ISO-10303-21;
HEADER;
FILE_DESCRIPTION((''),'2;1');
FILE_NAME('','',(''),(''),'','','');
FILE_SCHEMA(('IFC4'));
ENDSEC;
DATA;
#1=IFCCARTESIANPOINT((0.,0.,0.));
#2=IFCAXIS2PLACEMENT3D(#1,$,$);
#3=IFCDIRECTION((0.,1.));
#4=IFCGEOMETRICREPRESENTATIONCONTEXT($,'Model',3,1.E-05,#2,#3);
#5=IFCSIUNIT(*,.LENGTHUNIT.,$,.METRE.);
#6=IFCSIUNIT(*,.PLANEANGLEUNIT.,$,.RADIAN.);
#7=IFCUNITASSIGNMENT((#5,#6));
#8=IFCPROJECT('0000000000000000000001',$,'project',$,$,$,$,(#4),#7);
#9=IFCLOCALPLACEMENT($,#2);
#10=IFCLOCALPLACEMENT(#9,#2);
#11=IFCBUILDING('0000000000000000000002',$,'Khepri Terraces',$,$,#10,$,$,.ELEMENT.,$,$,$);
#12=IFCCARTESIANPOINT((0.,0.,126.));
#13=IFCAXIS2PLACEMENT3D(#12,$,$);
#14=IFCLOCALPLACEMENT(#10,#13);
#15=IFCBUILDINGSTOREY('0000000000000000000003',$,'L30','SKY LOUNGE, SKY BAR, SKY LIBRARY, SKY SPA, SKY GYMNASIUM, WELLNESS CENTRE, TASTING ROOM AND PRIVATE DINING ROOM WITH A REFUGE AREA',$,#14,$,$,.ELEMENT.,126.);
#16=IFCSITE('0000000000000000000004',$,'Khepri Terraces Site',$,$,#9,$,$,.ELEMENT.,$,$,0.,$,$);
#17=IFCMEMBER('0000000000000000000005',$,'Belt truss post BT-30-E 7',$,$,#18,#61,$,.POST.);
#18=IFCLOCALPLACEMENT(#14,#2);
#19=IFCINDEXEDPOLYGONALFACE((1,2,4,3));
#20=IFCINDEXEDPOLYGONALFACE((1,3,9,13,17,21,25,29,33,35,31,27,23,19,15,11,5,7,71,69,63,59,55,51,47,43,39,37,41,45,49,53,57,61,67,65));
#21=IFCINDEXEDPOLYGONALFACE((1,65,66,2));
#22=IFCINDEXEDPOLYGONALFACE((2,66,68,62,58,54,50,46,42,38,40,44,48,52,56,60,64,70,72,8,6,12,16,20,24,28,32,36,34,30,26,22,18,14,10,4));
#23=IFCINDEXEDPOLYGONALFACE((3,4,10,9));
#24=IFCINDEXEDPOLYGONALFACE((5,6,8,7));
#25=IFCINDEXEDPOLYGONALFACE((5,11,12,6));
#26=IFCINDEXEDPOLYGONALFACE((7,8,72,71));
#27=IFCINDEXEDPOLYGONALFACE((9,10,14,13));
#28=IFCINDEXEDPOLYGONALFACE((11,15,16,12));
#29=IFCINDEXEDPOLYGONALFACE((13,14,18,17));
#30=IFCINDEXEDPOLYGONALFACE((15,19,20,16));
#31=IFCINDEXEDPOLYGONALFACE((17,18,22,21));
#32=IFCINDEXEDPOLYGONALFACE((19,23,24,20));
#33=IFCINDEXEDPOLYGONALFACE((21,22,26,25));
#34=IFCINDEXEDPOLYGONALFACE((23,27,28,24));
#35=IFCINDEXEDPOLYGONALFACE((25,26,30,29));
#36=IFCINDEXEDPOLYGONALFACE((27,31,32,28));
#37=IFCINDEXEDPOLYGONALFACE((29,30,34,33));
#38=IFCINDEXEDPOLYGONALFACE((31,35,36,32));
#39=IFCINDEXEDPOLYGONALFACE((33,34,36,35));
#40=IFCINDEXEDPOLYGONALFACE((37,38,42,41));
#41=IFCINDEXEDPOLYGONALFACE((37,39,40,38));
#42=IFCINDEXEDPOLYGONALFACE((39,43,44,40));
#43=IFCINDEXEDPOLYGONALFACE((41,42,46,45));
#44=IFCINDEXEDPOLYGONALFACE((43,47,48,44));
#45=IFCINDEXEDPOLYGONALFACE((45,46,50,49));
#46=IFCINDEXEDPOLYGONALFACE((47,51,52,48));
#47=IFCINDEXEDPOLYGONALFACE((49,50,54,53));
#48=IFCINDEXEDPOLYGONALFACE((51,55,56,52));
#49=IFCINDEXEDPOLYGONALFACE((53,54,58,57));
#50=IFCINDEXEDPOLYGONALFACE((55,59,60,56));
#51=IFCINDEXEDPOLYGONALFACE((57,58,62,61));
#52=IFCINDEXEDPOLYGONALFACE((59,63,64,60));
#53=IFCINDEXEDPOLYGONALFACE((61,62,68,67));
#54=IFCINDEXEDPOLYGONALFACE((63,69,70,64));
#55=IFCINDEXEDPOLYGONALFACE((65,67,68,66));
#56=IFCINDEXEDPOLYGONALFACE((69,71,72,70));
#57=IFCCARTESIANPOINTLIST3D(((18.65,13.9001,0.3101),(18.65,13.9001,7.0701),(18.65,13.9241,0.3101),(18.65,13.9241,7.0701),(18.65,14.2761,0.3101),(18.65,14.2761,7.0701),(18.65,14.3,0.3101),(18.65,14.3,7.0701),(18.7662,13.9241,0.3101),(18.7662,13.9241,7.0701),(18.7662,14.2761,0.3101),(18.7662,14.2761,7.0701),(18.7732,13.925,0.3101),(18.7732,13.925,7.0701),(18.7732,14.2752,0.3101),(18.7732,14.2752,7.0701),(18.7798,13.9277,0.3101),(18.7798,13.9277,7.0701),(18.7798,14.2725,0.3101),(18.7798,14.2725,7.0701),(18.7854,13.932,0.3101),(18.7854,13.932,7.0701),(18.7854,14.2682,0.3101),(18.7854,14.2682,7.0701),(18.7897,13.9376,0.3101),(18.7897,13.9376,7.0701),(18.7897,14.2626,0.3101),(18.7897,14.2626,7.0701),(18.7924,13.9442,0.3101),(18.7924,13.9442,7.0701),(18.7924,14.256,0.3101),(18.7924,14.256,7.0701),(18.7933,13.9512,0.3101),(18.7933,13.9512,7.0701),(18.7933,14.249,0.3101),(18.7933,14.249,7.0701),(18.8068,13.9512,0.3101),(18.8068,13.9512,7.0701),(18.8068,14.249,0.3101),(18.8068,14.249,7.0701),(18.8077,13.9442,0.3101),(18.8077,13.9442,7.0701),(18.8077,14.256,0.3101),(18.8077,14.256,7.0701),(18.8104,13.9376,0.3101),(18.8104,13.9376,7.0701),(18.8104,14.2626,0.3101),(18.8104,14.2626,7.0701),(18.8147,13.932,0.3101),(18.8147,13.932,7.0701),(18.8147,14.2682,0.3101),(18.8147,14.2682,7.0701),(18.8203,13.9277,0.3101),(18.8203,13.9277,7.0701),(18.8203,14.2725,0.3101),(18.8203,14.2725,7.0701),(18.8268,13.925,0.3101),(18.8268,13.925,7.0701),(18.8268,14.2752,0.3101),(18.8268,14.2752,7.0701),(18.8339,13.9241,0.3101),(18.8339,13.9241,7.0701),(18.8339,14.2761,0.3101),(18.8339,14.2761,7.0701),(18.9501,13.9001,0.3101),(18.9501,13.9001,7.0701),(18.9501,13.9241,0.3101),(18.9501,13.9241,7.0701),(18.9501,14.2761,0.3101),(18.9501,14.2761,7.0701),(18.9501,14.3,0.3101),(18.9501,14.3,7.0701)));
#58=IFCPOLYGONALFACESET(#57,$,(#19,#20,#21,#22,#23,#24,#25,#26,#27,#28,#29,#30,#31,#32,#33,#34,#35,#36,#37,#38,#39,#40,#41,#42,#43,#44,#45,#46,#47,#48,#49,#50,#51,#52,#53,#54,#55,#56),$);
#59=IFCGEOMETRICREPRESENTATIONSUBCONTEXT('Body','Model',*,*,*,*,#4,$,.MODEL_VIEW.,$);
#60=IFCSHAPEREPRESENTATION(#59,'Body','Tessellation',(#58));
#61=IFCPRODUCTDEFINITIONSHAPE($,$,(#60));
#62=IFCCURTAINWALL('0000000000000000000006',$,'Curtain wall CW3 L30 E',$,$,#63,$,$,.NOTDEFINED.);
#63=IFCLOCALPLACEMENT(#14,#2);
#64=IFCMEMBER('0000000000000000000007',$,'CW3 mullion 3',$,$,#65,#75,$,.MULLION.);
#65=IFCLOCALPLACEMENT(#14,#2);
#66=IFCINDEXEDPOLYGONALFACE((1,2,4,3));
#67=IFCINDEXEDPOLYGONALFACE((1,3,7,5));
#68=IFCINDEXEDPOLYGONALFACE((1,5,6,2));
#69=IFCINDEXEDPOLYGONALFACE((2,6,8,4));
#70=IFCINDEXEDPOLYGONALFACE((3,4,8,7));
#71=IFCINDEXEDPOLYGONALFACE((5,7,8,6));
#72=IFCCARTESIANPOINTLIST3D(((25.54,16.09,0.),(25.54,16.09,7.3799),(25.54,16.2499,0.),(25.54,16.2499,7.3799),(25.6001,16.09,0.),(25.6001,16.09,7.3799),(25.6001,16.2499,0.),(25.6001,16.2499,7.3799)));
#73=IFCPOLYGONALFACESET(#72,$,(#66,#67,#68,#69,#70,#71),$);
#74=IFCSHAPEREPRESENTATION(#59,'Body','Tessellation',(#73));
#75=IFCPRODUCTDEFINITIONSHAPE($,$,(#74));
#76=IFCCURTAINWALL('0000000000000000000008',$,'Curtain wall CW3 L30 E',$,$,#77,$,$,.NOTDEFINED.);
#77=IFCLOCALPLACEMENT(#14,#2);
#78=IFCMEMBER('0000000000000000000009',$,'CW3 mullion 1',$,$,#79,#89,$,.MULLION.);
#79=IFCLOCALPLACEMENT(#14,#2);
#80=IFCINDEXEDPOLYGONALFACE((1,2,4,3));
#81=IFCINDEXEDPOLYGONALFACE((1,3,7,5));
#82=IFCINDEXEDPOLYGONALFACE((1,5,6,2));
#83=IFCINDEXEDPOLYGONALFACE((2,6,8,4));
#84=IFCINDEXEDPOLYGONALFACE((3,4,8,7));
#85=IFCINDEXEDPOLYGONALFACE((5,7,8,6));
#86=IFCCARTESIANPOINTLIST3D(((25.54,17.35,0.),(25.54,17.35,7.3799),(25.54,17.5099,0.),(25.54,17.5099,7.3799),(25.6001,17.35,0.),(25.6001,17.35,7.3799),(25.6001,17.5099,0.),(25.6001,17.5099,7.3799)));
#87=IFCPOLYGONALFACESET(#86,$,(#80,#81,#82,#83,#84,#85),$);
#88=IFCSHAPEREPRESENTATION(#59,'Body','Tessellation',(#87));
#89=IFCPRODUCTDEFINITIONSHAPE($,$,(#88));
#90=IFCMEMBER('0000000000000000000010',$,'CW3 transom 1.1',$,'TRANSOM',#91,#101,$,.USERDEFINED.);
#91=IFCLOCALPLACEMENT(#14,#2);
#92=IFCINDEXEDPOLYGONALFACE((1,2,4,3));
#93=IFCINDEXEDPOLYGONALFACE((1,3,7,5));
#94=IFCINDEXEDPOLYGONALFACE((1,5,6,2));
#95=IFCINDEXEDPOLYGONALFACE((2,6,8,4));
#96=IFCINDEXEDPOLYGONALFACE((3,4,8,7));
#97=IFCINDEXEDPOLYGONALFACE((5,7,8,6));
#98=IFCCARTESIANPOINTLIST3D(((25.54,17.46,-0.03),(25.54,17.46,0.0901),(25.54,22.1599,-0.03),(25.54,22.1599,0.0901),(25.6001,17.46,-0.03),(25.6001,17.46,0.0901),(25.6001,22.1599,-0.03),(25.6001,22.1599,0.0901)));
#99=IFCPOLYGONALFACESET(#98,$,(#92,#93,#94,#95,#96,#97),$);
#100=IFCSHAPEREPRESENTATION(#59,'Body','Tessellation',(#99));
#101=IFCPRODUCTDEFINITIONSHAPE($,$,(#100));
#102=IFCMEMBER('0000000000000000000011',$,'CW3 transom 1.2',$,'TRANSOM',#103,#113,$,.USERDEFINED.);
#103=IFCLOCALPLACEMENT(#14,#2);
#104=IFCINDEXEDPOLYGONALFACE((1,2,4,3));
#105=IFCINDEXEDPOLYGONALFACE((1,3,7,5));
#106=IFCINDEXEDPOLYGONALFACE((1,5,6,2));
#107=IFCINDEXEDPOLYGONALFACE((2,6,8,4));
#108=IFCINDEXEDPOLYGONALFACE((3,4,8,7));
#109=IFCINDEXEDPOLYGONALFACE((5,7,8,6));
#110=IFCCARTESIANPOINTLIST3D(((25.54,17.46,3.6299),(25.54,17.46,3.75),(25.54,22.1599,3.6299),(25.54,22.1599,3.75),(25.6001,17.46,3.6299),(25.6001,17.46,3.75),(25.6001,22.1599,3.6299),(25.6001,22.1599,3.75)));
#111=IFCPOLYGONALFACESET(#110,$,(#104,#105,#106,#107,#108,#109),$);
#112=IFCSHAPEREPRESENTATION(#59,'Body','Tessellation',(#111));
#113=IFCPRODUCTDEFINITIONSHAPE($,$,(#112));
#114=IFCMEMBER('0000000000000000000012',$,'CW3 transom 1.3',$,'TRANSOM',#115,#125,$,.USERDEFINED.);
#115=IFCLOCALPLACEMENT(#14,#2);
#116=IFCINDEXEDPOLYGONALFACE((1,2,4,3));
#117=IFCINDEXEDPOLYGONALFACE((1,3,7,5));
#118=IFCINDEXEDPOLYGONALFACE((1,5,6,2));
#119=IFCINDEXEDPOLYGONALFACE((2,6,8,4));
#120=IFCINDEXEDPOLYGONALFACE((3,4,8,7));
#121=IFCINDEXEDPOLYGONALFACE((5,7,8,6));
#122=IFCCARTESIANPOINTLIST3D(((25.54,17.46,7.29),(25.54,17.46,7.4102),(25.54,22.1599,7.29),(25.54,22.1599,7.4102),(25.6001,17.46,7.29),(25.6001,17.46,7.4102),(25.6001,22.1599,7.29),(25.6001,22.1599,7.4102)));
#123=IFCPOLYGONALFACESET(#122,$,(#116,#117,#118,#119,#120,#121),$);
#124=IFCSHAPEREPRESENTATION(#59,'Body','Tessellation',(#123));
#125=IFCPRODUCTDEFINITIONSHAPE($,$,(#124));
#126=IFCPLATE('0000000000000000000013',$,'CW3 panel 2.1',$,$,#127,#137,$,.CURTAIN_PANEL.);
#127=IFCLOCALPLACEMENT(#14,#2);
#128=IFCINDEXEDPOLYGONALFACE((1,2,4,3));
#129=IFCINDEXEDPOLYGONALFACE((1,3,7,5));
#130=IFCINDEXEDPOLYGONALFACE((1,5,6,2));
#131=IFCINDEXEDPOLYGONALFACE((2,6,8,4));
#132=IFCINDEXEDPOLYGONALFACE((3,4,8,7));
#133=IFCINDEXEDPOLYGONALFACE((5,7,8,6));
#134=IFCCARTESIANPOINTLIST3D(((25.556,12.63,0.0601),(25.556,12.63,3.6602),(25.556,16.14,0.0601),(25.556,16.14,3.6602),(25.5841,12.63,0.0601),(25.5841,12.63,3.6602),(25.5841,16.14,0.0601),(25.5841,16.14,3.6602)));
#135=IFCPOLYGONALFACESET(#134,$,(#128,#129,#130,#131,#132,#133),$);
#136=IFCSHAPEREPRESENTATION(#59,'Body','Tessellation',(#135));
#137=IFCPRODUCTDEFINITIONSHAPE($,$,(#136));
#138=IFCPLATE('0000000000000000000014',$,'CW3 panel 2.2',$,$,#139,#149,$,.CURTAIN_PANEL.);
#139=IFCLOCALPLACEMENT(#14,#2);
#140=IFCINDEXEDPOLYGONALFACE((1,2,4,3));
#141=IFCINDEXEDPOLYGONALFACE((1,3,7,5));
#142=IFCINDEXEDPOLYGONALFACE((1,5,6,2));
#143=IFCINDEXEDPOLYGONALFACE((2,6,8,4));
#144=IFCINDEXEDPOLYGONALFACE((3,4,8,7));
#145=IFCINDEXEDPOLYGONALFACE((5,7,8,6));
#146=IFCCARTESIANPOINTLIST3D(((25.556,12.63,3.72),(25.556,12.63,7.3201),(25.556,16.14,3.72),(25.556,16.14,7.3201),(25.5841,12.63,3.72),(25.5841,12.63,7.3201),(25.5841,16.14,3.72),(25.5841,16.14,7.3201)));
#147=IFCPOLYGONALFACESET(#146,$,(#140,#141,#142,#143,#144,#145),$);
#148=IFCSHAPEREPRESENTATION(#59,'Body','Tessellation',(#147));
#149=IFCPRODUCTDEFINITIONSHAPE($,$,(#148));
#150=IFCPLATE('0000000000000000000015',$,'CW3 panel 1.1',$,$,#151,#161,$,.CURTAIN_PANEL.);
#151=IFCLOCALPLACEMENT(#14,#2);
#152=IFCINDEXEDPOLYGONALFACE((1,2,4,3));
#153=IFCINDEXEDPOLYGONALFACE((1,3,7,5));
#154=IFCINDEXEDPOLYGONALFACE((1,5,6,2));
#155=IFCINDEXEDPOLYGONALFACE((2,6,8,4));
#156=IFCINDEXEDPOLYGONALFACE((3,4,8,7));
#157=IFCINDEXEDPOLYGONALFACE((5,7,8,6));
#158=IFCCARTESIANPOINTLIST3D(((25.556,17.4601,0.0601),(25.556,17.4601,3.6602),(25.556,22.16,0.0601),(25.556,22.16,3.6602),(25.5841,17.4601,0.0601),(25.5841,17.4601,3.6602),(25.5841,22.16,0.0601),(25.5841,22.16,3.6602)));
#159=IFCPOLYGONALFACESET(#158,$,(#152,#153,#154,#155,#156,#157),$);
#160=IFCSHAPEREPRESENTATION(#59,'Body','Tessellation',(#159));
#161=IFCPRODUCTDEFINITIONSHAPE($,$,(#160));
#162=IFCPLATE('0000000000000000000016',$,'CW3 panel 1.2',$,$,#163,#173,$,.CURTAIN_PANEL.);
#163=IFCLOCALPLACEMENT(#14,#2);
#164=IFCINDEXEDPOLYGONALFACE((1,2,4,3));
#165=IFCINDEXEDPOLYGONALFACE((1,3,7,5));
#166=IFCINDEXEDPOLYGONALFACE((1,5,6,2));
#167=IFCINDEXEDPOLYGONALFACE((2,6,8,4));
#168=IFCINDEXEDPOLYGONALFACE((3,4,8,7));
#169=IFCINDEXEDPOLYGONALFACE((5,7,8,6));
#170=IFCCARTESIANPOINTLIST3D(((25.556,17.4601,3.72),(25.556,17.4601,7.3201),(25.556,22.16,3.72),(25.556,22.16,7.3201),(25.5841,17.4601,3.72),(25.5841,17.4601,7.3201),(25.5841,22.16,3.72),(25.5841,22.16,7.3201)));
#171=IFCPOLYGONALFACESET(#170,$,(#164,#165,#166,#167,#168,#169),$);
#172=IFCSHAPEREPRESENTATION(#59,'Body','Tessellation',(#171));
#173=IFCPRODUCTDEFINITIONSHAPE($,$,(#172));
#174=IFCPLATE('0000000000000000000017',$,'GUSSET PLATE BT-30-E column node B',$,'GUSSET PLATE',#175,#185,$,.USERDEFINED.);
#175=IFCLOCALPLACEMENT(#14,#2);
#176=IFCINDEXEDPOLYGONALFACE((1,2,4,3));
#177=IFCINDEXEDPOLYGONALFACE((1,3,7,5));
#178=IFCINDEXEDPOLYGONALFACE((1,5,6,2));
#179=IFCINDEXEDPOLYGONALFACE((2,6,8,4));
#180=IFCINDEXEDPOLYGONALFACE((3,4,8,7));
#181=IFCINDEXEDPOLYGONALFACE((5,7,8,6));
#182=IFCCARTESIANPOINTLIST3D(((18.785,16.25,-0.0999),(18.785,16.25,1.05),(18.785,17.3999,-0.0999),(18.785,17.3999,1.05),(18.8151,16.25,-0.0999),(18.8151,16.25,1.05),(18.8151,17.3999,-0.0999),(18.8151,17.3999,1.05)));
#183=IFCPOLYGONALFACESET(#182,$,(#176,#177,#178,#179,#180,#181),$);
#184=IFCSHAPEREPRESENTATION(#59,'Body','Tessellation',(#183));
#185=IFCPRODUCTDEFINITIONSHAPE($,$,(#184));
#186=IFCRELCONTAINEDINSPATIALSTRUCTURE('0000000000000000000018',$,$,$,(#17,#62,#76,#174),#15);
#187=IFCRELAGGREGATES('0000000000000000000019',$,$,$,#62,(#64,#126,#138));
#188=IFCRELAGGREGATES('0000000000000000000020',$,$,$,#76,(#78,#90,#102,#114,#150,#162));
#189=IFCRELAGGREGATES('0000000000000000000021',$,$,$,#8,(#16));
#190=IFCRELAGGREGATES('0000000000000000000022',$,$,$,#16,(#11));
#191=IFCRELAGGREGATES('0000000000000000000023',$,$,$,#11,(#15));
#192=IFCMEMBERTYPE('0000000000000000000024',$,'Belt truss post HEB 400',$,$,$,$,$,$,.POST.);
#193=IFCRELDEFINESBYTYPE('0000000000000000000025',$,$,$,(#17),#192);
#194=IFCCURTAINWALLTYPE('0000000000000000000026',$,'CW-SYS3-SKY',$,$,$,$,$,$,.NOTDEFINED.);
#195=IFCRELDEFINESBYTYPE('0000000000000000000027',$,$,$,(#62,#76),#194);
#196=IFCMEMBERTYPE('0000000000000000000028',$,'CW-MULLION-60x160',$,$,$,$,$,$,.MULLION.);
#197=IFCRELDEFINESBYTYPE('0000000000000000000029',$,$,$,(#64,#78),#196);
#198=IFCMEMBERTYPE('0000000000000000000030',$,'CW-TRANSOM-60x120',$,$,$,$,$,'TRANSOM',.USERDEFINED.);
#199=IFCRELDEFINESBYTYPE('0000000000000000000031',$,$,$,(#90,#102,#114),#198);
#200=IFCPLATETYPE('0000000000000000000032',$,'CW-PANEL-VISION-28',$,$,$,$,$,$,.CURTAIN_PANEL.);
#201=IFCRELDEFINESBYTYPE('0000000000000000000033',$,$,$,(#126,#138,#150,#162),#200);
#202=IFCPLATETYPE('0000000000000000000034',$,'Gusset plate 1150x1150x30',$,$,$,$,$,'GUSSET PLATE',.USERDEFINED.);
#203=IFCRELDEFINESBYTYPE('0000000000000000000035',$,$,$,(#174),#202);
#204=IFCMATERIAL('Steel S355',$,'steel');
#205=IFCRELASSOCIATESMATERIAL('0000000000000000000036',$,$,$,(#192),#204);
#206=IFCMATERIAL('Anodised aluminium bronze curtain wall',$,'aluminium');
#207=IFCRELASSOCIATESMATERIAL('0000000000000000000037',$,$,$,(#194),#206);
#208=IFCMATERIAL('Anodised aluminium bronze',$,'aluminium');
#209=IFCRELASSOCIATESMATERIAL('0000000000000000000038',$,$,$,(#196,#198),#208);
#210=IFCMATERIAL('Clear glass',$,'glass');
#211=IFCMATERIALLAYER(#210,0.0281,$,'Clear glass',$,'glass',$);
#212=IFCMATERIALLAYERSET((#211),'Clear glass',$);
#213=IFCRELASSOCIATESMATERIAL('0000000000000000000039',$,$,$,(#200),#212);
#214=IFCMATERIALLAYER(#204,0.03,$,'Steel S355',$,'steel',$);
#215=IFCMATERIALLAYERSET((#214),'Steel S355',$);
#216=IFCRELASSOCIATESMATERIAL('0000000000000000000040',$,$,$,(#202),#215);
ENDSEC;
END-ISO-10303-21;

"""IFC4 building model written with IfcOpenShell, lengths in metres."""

from ifc_helpers import new_model, si_unit, direction, frame, origin, origin_2d, place, context, subcontext, project, spatial, rectangle, i_section, extrude, material, layer, layer_set, material_profile, profile_set, type_object, element, aggregate, save


model = new_model("IFC4")

# Units and contexts
model_context = context("Model", 3, precision=1e-05, world=origin(), true_north=direction((0.0, 1.0)))
body_context = subcontext(model_context, "Body", "Model", "MODEL_VIEW")
ifc_project = project(units=[si_unit("LENGTHUNIT", "METRE"), si_unit("PLANEANGLEUNIT", "RADIAN")], contexts=[model_context])

# Site, building, storey
site_placement = place(None, origin())
site = spatial("IfcSite", under=ifc_project, at=site_placement, Name="Khepri Terraces Site", CompositionType="ELEMENT", RefElevation=0.0)
building_placement = place(site_placement, origin())
building = spatial("IfcBuilding", under=site, at=building_placement, Name="Khepri Terraces", CompositionType="ELEMENT")
storey_placement = place(building_placement, frame((0.0, 0.0, 126.0)))
storey = spatial("IfcBuildingStorey", under=building, at=storey_placement, Name="L30", Description="SKY LOUNGE, SKY BAR, SKY LIBRARY, SKY SPA, SKY GYMNASIUM, WELLNESS CENTRE, TASTING ROOM AND PRIVATE DINING ROOM WITH A REFUGE AREA", CompositionType="ELEMENT", Elevation=126.0)

# Member
ifc_material_1 = material(Name="Steel S355", Category="steel")
ifc_material_profile_1 = material_profile(ifc_material_1, i_section(OverallWidth=0.3, OverallDepth=0.3999, WebThickness=0.0134, FlangeThickness=0.0239, FilletRadius=0.0271, at=origin_2d()), Name="Steel S355", Category="steel")
ifc_profile_set_1 = profile_set([ifc_material_profile_1], Name="Steel S355")
member_type_1 = type_object("IfcMemberType", Name="Belt truss post HEB 400", PredefinedType="POST", material=ifc_profile_set_1)
member_1_placement = place(storey_placement, frame((18.8, 14.1001, 0.3101), z_axis=(0.0, 0.0, 1.0), x_axis=(1.0, 0.0, 0.0)))
element("IfcMember", 1, at=member_1_placement, inside=storey, type_object=member_type_1, Name="Belt truss post BT-30-E 7", PredefinedType="POST", context=body_context, shape_type="SweptSolid", body=[
    extrude(i_section(OverallWidth=0.3, OverallDepth=0.3999, WebThickness=0.0134, FlangeThickness=0.0239, FilletRadius=0.0271, at=origin_2d()), origin(), (0.0, 0.0, 1.0), 6.76),
])

# Curtain wall, member
ifc_material_2 = material(Name="Anodised aluminium bronze curtain wall", Category="aluminium")
curtain_wall_type = type_object("IfcCurtainWallType", Name="CW-SYS3-SKY", PredefinedType="NOTDEFINED", material=ifc_material_2)
curtain_wall_1_placement = place(storey_placement, origin())
curtain_wall_1 = element("IfcCurtainWall", 2, at=curtain_wall_1_placement, inside=storey, type_object=curtain_wall_type, Name="Curtain wall CW3 L30 E", PredefinedType="NOTDEFINED")
ifc_material_3 = material(Name="Anodised aluminium bronze", Category="aluminium")
ifc_material_profile_2 = material_profile(ifc_material_3, rectangle(XDim=0.0601, YDim=0.1599, at=origin_2d()), Name="Anodised aluminium bronze", Category="aluminium")
ifc_profile_set_2 = profile_set([ifc_material_profile_2], Name="Anodised aluminium bronze")
member_type_2 = type_object("IfcMemberType", Name="CW-MULLION-60x160", PredefinedType="MULLION", material=ifc_profile_set_2)
member_2_placement = place(storey_placement, frame((25.5701, 16.1699, 0.0), z_axis=(0.0, 0.0, 1.0), x_axis=(-1.0, 0.0, 0.0)))
member_2 = element("IfcMember", 3, at=member_2_placement, type_object=member_type_2, Name="CW3 mullion 3", PredefinedType="MULLION", context=body_context, shape_type="SweptSolid", body=[
    extrude(rectangle(XDim=0.0601, YDim=0.1599, at=origin_2d()), origin(), (0.0, 0.0, 1.0), 7.3799),
])

# Curtain wall, members
curtain_wall_2_placement = place(storey_placement, origin())
curtain_wall_2 = element("IfcCurtainWall", 4, at=curtain_wall_2_placement, inside=storey, type_object=curtain_wall_type, Name="Curtain wall CW3 L30 E", PredefinedType="NOTDEFINED")
member_3_placement = place(storey_placement, frame((25.5701, 17.4299, 0.0), z_axis=(0.0, 0.0, 1.0), x_axis=(-1.0, 0.0, 0.0)))
member_3 = element("IfcMember", 5, at=member_3_placement, type_object=member_type_2, Name="CW3 mullion 1", PredefinedType="MULLION", context=body_context, shape_type="SweptSolid", body=[
    extrude(rectangle(XDim=0.0601, YDim=0.1599, at=origin_2d()), origin(), (0.0, 0.0, 1.0), 7.3799),
])
ifc_material_profile_3 = material_profile(ifc_material_3, rectangle(XDim=0.0601, YDim=0.1201, at=origin_2d()), Name="Anodised aluminium bronze", Category="aluminium")
ifc_profile_set_3 = profile_set([ifc_material_profile_3], Name="Anodised aluminium bronze")
member_type_3 = type_object("IfcMemberType", Name="CW-TRANSOM-60x120", ElementType="TRANSOM", PredefinedType="USERDEFINED", material=ifc_profile_set_3)
member_4_placement = place(storey_placement, frame((25.5701, 17.46, 0.03), z_axis=(0.0, 1.0, 0.0), x_axis=(-1.0, 0.0, 0.0)))
member_4 = element("IfcMember", 6, at=member_4_placement, type_object=member_type_3, Name="CW3 transom 1.1", ObjectType="TRANSOM", PredefinedType="USERDEFINED", context=body_context, shape_type="SweptSolid", body=[
    extrude(rectangle(XDim=0.0601, YDim=0.1201, at=origin_2d()), origin(), (0.0, 0.0, 1.0), 4.7),
])
member_5_placement = place(storey_placement, frame((25.5701, 17.46, 3.6899), z_axis=(0.0, 1.0, 0.0), x_axis=(-1.0, 0.0, 0.0)))
member_5 = element("IfcMember", 7, at=member_5_placement, type_object=member_type_3, Name="CW3 transom 1.2", ObjectType="TRANSOM", PredefinedType="USERDEFINED", context=body_context, shape_type="SweptSolid", body=[
    extrude(rectangle(XDim=0.0601, YDim=0.1201, at=origin_2d()), origin(), (0.0, 0.0, 1.0), 4.7),
])
member_6_placement = place(storey_placement, frame((25.5701, 17.46, 7.3501), z_axis=(0.0, 1.0, 0.0), x_axis=(-1.0, 0.0, 0.0)))
member_6 = element("IfcMember", 8, at=member_6_placement, type_object=member_type_3, Name="CW3 transom 1.3", ObjectType="TRANSOM", PredefinedType="USERDEFINED", context=body_context, shape_type="SweptSolid", body=[
    extrude(rectangle(XDim=0.0601, YDim=0.1201, at=origin_2d()), origin(), (0.0, 0.0, 1.0), 4.7),
])

# Plates
ifc_material_4 = material(Name="Clear glass", Category="glass")
ifc_layer_1 = layer(ifc_material_4, 0.0281, Name="Clear glass", Category="glass")
ifc_layer_set_1 = layer_set([ifc_layer_1], Name="Clear glass")
plate_type_1 = type_object("IfcPlateType", Name="CW-PANEL-VISION-28", PredefinedType="CURTAIN_PANEL", material=ifc_layer_set_1)
plate_1_placement = place(storey_placement, frame((25.5701, 14.385, 0.0601), z_axis=(0.0, 0.0, 1.0), x_axis=(0.0, 1.0, 0.0)))
plate_1 = element("IfcPlate", 9, at=plate_1_placement, type_object=plate_type_1, Name="CW3 panel 2.1", PredefinedType="CURTAIN_PANEL", context=body_context, shape_type="SweptSolid", body=[
    extrude(rectangle(XDim=3.51, YDim=0.0281, at=origin_2d()), origin(), (0.0, 0.0, 1.0), 3.6001),
])
plate_2_placement = place(storey_placement, frame((25.5701, 14.385, 3.72), z_axis=(0.0, 0.0, 1.0), x_axis=(0.0, 1.0, 0.0)))
plate_2 = element("IfcPlate", 10, at=plate_2_placement, type_object=plate_type_1, Name="CW3 panel 2.2", PredefinedType="CURTAIN_PANEL", context=body_context, shape_type="SweptSolid", body=[
    extrude(rectangle(XDim=3.51, YDim=0.0281, at=origin_2d()), origin(), (0.0, 0.0, 1.0), 3.6001),
])
aggregate(curtain_wall_1, [member_2, plate_1, plate_2])
plate_3_placement = place(storey_placement, frame((25.5701, 19.8101, 0.0601), z_axis=(0.0, 0.0, 1.0), x_axis=(0.0, 1.0, 0.0)))
plate_3 = element("IfcPlate", 11, at=plate_3_placement, type_object=plate_type_1, Name="CW3 panel 1.1", PredefinedType="CURTAIN_PANEL", context=body_context, shape_type="SweptSolid", body=[
    extrude(rectangle(XDim=4.7, YDim=0.0281, at=origin_2d()), origin(), (0.0, 0.0, 1.0), 3.6001),
])
plate_4_placement = place(storey_placement, frame((25.5701, 19.8101, 3.72), z_axis=(0.0, 0.0, 1.0), x_axis=(0.0, 1.0, 0.0)))
plate_4 = element("IfcPlate", 12, at=plate_4_placement, type_object=plate_type_1, Name="CW3 panel 1.2", PredefinedType="CURTAIN_PANEL", context=body_context, shape_type="SweptSolid", body=[
    extrude(rectangle(XDim=4.7, YDim=0.0281, at=origin_2d()), origin(), (0.0, 0.0, 1.0), 3.6001),
])
aggregate(curtain_wall_2, [member_3, member_4, member_5, member_6, plate_3, plate_4])

# Plate
ifc_layer_2 = layer(ifc_material_1, 0.03, Name="Steel S355", Category="steel")
ifc_layer_set_2 = layer_set([ifc_layer_2], Name="Steel S355")
plate_type_2 = type_object("IfcPlateType", Name="Gusset plate 1150x1150x30", ElementType="GUSSET PLATE", PredefinedType="USERDEFINED", material=ifc_layer_set_2)
plate_5_placement = place(storey_placement, frame((18.8, 16.825, -0.0999), z_axis=(0.0, 0.0, 1.0), x_axis=(0.0, 1.0, 0.0)))
element("IfcPlate", 13, at=plate_5_placement, inside=storey, type_object=plate_type_2, Name="GUSSET PLATE BT-30-E column node B", ObjectType="GUSSET PLATE", PredefinedType="USERDEFINED", context=body_context, shape_type="SweptSolid", body=[
    extrude(rectangle(XDim=1.1499, YDim=0.03, at=origin_2d()), origin(), (0.0, 0.0, 1.0), 1.1499),
])

save(model, "model.ifc")
